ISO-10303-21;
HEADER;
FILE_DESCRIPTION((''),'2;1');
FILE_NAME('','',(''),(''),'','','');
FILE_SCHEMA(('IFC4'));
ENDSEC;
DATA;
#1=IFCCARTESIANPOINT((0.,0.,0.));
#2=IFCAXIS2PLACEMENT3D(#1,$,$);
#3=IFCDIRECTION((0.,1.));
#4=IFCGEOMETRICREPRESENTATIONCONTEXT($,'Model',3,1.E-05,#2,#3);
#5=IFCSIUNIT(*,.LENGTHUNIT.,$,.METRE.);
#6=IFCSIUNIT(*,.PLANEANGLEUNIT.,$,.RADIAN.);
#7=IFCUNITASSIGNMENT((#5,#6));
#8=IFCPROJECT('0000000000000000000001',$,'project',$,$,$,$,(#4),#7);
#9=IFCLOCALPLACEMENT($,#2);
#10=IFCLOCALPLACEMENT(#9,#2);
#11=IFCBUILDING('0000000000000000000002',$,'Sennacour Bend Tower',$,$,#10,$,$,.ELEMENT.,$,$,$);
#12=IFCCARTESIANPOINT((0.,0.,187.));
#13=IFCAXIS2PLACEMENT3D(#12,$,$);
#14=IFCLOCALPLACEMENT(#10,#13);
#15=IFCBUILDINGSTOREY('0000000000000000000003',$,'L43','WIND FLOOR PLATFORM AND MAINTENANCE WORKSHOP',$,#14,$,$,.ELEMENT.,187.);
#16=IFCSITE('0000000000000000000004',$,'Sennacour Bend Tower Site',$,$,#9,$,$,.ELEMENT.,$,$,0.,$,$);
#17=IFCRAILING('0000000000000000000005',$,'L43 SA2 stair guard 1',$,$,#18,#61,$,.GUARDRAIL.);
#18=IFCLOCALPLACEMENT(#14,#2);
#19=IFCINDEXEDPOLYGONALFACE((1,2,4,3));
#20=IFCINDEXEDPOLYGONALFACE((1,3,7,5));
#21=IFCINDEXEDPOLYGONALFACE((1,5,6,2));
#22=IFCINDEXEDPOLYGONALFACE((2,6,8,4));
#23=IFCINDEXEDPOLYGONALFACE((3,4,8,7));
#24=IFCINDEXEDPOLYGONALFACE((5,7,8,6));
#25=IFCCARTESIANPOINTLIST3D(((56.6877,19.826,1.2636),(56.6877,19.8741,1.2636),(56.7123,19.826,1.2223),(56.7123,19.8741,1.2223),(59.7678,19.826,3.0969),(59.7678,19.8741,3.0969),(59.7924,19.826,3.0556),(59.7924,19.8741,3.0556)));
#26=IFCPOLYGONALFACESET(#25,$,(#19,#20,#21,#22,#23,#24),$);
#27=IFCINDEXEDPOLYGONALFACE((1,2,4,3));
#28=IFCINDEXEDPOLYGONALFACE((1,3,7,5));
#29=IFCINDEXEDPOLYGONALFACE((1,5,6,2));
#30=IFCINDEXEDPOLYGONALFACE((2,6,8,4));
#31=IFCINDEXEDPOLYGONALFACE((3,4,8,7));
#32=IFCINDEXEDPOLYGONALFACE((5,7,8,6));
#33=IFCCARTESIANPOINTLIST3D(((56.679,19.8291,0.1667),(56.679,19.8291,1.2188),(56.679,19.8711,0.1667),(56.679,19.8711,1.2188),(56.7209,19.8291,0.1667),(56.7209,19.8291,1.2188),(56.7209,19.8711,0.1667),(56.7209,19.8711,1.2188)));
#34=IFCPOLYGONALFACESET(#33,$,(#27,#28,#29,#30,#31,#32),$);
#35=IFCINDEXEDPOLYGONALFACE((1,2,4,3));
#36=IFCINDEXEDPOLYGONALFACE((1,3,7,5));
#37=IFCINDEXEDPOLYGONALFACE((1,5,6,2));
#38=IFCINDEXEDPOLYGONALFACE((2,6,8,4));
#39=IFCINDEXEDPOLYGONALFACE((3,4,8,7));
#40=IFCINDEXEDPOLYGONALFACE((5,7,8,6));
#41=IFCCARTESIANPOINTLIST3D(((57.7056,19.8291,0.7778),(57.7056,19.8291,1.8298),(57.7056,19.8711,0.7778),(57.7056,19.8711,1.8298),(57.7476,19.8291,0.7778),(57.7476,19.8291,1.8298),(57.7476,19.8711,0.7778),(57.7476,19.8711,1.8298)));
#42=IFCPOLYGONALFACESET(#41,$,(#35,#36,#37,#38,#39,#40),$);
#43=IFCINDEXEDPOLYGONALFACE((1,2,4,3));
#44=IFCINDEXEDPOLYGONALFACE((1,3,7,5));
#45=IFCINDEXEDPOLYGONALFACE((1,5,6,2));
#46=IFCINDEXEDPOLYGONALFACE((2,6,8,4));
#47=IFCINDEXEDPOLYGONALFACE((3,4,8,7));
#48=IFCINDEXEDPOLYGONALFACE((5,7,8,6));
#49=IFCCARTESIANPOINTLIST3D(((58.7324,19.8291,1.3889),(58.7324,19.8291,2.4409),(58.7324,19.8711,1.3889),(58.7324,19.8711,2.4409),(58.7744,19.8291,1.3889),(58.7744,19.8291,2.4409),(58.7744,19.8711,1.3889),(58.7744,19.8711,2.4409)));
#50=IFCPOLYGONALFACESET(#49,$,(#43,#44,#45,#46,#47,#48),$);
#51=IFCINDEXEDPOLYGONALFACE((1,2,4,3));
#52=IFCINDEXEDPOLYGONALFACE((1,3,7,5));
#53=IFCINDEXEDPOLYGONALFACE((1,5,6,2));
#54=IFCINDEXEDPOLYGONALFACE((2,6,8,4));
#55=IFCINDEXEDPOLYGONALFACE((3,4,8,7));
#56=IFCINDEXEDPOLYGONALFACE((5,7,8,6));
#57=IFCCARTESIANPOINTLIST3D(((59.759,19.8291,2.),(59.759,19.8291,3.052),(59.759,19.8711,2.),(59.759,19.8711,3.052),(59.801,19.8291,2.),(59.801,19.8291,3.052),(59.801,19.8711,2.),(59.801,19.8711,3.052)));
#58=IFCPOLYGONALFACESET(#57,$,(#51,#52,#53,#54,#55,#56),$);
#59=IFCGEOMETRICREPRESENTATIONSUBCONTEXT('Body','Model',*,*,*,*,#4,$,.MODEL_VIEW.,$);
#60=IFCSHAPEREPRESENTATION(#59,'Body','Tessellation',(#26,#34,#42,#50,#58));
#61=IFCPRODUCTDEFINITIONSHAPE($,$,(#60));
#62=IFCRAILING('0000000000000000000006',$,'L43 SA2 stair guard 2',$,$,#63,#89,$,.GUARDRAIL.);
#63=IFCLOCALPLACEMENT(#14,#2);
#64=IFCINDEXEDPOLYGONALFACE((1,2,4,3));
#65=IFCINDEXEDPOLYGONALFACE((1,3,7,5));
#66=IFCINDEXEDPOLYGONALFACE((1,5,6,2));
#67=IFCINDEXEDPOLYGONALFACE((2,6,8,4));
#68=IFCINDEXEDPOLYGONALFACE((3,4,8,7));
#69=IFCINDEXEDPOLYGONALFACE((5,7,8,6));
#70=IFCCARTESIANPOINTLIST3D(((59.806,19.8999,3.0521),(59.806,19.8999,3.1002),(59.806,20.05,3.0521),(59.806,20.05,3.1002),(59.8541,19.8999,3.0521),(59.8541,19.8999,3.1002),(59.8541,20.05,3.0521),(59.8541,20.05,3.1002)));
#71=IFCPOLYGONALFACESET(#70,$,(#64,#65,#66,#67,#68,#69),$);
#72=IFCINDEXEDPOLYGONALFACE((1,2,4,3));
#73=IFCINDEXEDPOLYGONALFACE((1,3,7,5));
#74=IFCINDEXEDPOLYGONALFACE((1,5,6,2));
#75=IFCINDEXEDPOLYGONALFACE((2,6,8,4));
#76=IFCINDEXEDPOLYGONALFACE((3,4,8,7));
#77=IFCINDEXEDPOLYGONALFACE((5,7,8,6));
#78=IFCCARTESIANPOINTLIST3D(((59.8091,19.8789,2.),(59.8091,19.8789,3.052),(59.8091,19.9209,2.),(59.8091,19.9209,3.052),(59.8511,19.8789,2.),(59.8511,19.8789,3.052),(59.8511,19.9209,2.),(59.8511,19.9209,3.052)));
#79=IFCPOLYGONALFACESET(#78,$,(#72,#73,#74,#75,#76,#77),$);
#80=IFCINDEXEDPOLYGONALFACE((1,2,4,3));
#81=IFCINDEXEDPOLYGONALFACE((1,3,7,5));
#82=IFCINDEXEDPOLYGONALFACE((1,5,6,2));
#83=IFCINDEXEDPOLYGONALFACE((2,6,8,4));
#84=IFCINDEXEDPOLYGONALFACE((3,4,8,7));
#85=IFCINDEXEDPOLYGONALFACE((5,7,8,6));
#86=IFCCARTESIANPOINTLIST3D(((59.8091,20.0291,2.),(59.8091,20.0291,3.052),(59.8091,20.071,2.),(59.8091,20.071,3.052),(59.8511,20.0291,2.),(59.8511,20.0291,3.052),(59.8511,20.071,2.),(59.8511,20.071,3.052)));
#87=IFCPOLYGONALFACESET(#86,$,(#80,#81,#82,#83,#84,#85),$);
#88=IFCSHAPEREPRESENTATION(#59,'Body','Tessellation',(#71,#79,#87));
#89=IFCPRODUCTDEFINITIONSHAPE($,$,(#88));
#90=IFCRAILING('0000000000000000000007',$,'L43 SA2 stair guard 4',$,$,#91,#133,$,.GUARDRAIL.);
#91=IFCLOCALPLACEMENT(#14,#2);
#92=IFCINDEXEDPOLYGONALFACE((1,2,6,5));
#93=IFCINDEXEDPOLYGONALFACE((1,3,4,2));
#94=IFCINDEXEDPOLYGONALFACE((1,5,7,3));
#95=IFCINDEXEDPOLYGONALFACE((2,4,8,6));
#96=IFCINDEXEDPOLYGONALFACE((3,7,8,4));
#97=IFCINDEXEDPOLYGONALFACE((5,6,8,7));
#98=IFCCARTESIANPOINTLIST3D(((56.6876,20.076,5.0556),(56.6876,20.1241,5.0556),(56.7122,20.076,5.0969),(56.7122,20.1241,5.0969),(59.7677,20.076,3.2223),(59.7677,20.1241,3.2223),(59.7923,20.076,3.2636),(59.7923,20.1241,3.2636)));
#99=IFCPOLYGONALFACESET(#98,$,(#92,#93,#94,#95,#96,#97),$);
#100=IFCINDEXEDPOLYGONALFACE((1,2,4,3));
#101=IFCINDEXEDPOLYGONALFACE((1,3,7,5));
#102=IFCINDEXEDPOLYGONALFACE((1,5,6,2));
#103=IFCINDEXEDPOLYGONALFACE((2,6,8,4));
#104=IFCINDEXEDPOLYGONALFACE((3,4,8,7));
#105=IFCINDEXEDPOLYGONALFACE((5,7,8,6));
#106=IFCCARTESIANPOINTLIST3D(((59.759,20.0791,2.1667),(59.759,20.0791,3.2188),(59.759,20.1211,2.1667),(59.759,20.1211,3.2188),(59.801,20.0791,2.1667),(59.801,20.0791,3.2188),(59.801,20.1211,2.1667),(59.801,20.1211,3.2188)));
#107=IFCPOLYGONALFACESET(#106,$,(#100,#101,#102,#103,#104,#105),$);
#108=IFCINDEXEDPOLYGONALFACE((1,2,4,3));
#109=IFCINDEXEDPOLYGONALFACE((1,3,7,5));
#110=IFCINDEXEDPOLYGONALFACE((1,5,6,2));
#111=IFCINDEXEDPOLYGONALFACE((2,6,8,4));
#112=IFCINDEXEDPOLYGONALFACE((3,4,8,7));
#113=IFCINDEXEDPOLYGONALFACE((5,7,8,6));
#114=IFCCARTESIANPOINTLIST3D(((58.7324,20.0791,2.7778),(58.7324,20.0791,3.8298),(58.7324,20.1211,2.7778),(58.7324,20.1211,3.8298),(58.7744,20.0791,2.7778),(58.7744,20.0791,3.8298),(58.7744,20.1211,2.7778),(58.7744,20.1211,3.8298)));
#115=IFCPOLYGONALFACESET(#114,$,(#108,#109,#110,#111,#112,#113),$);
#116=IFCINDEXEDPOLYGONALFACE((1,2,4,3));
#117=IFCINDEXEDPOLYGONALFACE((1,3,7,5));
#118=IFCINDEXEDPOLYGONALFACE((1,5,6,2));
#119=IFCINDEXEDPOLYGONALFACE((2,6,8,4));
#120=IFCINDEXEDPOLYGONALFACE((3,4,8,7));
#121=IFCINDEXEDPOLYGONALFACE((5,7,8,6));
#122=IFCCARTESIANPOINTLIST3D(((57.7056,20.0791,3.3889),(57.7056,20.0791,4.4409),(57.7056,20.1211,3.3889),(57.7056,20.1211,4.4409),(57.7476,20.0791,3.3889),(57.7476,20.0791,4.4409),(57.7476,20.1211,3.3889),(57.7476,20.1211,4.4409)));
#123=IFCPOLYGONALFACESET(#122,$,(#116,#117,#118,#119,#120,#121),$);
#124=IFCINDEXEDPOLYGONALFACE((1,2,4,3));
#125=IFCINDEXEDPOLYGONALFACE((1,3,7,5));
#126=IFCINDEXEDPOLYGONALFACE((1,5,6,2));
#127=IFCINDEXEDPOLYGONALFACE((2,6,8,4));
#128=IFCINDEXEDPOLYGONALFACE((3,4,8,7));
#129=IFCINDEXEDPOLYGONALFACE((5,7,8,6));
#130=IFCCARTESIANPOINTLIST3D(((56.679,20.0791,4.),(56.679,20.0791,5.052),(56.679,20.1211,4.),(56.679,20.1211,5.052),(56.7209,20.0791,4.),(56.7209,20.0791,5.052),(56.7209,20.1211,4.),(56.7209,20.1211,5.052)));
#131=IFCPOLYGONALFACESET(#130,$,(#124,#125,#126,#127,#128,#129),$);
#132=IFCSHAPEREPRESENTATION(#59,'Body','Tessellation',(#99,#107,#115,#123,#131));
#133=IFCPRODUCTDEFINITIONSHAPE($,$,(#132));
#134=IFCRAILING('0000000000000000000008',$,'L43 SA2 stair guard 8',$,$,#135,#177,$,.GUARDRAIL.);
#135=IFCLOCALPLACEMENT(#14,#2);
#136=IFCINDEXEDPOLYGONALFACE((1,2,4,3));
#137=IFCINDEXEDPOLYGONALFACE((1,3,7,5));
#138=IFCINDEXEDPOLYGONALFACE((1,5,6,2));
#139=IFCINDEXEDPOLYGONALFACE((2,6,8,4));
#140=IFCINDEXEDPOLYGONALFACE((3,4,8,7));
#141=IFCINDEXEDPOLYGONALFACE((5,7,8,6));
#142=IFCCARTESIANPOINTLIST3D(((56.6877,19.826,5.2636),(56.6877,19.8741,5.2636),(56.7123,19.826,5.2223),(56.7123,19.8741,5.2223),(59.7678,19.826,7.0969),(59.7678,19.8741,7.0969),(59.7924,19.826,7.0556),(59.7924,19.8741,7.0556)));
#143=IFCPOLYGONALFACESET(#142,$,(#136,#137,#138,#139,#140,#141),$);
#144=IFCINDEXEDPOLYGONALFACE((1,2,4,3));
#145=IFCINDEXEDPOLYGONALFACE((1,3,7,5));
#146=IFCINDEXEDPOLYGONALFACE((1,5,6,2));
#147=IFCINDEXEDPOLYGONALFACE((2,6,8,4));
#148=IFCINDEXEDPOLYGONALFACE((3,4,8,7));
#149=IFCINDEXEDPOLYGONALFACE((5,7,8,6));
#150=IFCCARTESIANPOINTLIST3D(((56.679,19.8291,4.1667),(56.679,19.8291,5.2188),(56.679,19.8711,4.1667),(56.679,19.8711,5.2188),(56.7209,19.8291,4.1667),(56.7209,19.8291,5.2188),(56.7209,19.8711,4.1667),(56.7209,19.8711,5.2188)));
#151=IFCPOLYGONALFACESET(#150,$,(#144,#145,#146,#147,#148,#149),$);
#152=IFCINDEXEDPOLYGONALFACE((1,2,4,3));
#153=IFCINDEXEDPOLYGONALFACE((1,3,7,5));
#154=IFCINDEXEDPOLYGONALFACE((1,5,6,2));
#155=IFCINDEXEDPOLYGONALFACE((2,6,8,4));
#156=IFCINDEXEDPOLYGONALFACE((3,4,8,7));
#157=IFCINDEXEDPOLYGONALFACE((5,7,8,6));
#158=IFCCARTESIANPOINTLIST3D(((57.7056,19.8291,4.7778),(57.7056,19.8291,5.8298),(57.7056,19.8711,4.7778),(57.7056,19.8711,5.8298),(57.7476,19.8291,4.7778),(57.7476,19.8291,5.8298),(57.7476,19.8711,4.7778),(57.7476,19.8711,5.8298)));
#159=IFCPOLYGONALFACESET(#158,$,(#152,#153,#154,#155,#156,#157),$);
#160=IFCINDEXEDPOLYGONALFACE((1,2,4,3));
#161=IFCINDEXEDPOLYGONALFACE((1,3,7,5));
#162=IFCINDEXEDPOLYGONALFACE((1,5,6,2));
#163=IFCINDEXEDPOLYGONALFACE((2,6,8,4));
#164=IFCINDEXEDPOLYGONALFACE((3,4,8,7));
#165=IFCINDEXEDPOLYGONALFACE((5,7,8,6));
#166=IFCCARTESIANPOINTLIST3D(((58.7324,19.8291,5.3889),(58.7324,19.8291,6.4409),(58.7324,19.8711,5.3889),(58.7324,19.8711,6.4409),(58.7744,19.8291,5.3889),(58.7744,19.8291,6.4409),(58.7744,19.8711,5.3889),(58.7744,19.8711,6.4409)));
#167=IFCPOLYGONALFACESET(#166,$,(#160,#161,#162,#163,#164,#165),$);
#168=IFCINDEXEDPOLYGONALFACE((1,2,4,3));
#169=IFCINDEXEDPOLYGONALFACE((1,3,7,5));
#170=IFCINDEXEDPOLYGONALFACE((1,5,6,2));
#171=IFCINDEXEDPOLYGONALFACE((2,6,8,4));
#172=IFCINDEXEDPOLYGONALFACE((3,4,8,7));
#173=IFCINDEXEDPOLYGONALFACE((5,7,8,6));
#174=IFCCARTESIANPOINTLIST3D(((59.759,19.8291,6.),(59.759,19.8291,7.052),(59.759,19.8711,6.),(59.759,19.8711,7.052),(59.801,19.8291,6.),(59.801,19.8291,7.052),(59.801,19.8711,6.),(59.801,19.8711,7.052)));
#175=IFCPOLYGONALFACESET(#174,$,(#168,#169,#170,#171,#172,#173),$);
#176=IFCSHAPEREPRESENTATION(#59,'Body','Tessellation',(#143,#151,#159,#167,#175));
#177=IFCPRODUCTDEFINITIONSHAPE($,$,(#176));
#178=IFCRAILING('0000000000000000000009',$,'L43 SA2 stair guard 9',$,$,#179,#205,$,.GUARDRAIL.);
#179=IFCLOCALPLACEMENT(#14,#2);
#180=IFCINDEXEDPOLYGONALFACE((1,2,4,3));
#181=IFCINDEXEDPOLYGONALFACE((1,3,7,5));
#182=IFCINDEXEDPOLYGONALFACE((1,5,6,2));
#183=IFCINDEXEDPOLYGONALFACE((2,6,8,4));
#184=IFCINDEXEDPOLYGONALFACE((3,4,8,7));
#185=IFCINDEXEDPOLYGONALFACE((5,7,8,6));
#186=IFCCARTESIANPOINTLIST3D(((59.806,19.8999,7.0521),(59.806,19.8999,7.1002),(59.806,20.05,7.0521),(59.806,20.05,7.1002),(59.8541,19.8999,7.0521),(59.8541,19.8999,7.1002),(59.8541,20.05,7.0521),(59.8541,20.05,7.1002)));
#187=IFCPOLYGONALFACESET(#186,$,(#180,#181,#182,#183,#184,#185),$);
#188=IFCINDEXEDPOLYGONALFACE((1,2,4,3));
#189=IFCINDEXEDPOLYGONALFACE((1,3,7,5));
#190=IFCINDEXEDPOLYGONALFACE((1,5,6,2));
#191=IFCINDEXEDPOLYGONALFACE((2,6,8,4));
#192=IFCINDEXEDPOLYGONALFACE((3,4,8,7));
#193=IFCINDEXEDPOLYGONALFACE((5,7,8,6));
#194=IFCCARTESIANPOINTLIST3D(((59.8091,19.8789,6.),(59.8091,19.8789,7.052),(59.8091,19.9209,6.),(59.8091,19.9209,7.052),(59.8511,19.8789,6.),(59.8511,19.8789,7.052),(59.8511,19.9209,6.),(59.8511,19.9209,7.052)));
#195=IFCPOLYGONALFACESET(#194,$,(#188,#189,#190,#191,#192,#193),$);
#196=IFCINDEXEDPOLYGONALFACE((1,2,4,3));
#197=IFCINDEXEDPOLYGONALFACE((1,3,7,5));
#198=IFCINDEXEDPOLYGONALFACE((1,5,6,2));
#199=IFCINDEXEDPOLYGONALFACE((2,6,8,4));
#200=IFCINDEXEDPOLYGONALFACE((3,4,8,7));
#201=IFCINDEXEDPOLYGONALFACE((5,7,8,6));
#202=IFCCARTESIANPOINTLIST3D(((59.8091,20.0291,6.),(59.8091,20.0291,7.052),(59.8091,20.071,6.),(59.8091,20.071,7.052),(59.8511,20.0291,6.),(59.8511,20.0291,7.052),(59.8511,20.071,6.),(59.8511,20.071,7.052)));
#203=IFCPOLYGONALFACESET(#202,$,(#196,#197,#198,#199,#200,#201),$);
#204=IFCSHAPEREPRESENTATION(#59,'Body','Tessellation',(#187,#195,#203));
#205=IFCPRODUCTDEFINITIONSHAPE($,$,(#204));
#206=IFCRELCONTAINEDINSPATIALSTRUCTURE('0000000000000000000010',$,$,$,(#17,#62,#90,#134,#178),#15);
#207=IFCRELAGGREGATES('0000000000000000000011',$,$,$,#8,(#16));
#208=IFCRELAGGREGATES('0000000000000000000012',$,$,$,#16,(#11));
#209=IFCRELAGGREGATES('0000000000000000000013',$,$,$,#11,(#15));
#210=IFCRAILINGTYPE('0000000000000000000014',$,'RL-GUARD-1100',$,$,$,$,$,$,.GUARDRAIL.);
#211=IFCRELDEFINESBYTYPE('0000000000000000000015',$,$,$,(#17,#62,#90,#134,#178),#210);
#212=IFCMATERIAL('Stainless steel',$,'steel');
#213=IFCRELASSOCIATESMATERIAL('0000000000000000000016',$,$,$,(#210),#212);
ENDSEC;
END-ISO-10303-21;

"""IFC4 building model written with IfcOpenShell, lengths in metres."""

from ifc_helpers import new_model, si_unit, direction, frame, origin, origin_2d, place, context, subcontext, project, spatial, rectangle, extrude, material, type_object, element, save


model = new_model("IFC4")

# Units and contexts
model_context = context("Model", 3, precision=1e-05, world=origin(), true_north=direction((0.0, 1.0)))
body_context = subcontext(model_context, "Body", "Model", "MODEL_VIEW")
ifc_project = project(units=[si_unit("LENGTHUNIT", "METRE"), si_unit("PLANEANGLEUNIT", "RADIAN")], contexts=[model_context])

# Site, building, storey
site_placement = place(None, origin())
site = spatial("IfcSite", under=ifc_project, at=site_placement, Name="Sennacour Bend Tower Site", CompositionType="ELEMENT", RefElevation=0.0)
building_placement = place(site_placement, origin())
building = spatial("IfcBuilding", under=site, at=building_placement, Name="Sennacour Bend Tower", CompositionType="ELEMENT")
storey_placement = place(building_placement, frame((0.0, 0.0, 187.0)))
storey = spatial("IfcBuildingStorey", under=building, at=storey_placement, Name="L43", Description="WIND FLOOR PLATFORM AND MAINTENANCE WORKSHOP", CompositionType="ELEMENT", Elevation=187.0)

# Railings
ifc_material_1 = material(Name="Stainless steel", Category="steel")
railing_type_1 = type_object("IfcRailingType", Name="RL-GUARD-1100", PredefinedType="GUARDRAIL", material=ifc_material_1)
railing_1_placement = place(storey_placement, frame((56.7, 19.8501, 0.1667)))
element("IfcRailing", 1, at=railing_1_placement, inside=storey, type_object=railing_type_1, Name="L43 SA2 stair guard 1", PredefinedType="GUARDRAIL", context=body_context, shape_type="SweptSolid", body=[
    extrude(rectangle(XDim=0.0481, YDim=0.0481, at=origin_2d()), frame((0.0, 0.0, 1.0762), z_axis=(0.859309, 0.0, 0.511458), x_axis=(0.0, 1.0, 0.0)), (0.0, 0.0, 1.0), 3.5845),
    extrude(rectangle(XDim=0.042, YDim=0.042, at=origin_2d()), origin(), (0.0, 0.0, 1.0), 1.052),
    extrude(rectangle(XDim=0.042, YDim=0.042, at=origin_2d()), frame((1.0266, 0.0, 0.6111)), (0.0, 0.0, 1.0), 1.052),
    extrude(rectangle(XDim=0.042, YDim=0.042, at=origin_2d()), frame((2.0535, 0.0, 1.2222)), (0.0, 0.0, 1.0), 1.052),
    extrude(rectangle(XDim=0.042, YDim=0.042, at=origin_2d()), frame((3.0801, 0.0, 1.8333)), (0.0, 0.0, 1.0), 1.052),
])
railing_2_placement = place(storey_placement, frame((59.8301, 19.8999, 2.0)))
element("IfcRailing", 2, at=railing_2_placement, inside=storey, type_object=railing_type_1, Name="L43 SA2 stair guard 2", PredefinedType="GUARDRAIL", context=body_context, shape_type="SweptSolid", body=[
    extrude(rectangle(XDim=0.0481, YDim=0.0481, at=origin_2d()), frame((0.0, 0.0, 1.0762), z_axis=(0.0, 1.0, 0.0), x_axis=(-1.0, 0.0, 0.0)), (0.0, 0.0, 1.0), 0.1501),
    extrude(rectangle(XDim=0.042, YDim=0.042, at=origin_2d()), origin(), (0.0, 0.0, 1.0), 1.052),
    extrude(rectangle(XDim=0.042, YDim=0.042, at=origin_2d()), frame((0.0, 0.1501, 0.0)), (0.0, 0.0, 1.0), 1.052),
])
railing_3_placement = place(storey_placement, frame((59.78, 20.1001, 2.1667)))
element("IfcRailing", 3, at=railing_3_placement, inside=storey, type_object=railing_type_1, Name="L43 SA2 stair guard 4", PredefinedType="GUARDRAIL", context=body_context, shape_type="SweptSolid", body=[
    extrude(rectangle(XDim=0.0481, YDim=0.0481, at=origin_2d()), frame((0.0, 0.0, 1.0762), z_axis=(-0.859309, 0.0, 0.511458), x_axis=(0.0, -1.0, 0.0)), (0.0, 0.0, 1.0), 3.5845),
    extrude(rectangle(XDim=0.042, YDim=0.042, at=origin_2d()), origin(), (0.0, 0.0, 1.0), 1.052),
    extrude(rectangle(XDim=0.042, YDim=0.042, at=origin_2d()), frame((-1.0266, 0.0, 0.6111)), (0.0, 0.0, 1.0), 1.052),
    extrude(rectangle(XDim=0.042, YDim=0.042, at=origin_2d()), frame((-2.0535, 0.0, 1.2222)), (0.0, 0.0, 1.0), 1.052),
    extrude(rectangle(XDim=0.042, YDim=0.042, at=origin_2d()), frame((-3.0801, 0.0, 1.8333)), (0.0, 0.0, 1.0), 1.052),
])
railing_4_placement = place(storey_placement, frame((56.7, 19.8501, 4.1667)))
element("IfcRailing", 4, at=railing_4_placement, inside=storey, type_object=railing_type_1, Name="L43 SA2 stair guard 8", PredefinedType="GUARDRAIL", context=body_context, shape_type="SweptSolid", body=[
    extrude(rectangle(XDim=0.0481, YDim=0.0481, at=origin_2d()), frame((0.0, 0.0, 1.0762), z_axis=(0.859309, 0.0, 0.511458), x_axis=(0.0, 1.0, 0.0)), (0.0, 0.0, 1.0), 3.5845),
    extrude(rectangle(XDim=0.042, YDim=0.042, at=origin_2d()), origin(), (0.0, 0.0, 1.0), 1.052),
    extrude(rectangle(XDim=0.042, YDim=0.042, at=origin_2d()), frame((1.0266, 0.0, 0.6111)), (0.0, 0.0, 1.0), 1.052),
    extrude(rectangle(XDim=0.042, YDim=0.042, at=origin_2d()), frame((2.0535, 0.0, 1.2222)), (0.0, 0.0, 1.0), 1.052),
    extrude(rectangle(XDim=0.042, YDim=0.042, at=origin_2d()), frame((3.0801, 0.0, 1.8333)), (0.0, 0.0, 1.0), 1.052),
])
railing_5_placement = place(storey_placement, frame((59.8301, 19.8999, 6.0)))
element("IfcRailing", 5, at=railing_5_placement, inside=storey, type_object=railing_type_1, Name="L43 SA2 stair guard 9", PredefinedType="GUARDRAIL", context=body_context, shape_type="SweptSolid", body=[
    extrude(rectangle(XDim=0.0481, YDim=0.0481, at=origin_2d()), frame((0.0, 0.0, 1.0762), z_axis=(0.0, 1.0, 0.0), x_axis=(-1.0, 0.0, 0.0)), (0.0, 0.0, 1.0), 0.1501),
    extrude(rectangle(XDim=0.042, YDim=0.042, at=origin_2d()), origin(), (0.0, 0.0, 1.0), 1.052),
    extrude(rectangle(XDim=0.042, YDim=0.042, at=origin_2d()), frame((0.0, 0.1501, 0.0)), (0.0, 0.0, 1.0), 1.052),
])

save(model, "model.ifc")
